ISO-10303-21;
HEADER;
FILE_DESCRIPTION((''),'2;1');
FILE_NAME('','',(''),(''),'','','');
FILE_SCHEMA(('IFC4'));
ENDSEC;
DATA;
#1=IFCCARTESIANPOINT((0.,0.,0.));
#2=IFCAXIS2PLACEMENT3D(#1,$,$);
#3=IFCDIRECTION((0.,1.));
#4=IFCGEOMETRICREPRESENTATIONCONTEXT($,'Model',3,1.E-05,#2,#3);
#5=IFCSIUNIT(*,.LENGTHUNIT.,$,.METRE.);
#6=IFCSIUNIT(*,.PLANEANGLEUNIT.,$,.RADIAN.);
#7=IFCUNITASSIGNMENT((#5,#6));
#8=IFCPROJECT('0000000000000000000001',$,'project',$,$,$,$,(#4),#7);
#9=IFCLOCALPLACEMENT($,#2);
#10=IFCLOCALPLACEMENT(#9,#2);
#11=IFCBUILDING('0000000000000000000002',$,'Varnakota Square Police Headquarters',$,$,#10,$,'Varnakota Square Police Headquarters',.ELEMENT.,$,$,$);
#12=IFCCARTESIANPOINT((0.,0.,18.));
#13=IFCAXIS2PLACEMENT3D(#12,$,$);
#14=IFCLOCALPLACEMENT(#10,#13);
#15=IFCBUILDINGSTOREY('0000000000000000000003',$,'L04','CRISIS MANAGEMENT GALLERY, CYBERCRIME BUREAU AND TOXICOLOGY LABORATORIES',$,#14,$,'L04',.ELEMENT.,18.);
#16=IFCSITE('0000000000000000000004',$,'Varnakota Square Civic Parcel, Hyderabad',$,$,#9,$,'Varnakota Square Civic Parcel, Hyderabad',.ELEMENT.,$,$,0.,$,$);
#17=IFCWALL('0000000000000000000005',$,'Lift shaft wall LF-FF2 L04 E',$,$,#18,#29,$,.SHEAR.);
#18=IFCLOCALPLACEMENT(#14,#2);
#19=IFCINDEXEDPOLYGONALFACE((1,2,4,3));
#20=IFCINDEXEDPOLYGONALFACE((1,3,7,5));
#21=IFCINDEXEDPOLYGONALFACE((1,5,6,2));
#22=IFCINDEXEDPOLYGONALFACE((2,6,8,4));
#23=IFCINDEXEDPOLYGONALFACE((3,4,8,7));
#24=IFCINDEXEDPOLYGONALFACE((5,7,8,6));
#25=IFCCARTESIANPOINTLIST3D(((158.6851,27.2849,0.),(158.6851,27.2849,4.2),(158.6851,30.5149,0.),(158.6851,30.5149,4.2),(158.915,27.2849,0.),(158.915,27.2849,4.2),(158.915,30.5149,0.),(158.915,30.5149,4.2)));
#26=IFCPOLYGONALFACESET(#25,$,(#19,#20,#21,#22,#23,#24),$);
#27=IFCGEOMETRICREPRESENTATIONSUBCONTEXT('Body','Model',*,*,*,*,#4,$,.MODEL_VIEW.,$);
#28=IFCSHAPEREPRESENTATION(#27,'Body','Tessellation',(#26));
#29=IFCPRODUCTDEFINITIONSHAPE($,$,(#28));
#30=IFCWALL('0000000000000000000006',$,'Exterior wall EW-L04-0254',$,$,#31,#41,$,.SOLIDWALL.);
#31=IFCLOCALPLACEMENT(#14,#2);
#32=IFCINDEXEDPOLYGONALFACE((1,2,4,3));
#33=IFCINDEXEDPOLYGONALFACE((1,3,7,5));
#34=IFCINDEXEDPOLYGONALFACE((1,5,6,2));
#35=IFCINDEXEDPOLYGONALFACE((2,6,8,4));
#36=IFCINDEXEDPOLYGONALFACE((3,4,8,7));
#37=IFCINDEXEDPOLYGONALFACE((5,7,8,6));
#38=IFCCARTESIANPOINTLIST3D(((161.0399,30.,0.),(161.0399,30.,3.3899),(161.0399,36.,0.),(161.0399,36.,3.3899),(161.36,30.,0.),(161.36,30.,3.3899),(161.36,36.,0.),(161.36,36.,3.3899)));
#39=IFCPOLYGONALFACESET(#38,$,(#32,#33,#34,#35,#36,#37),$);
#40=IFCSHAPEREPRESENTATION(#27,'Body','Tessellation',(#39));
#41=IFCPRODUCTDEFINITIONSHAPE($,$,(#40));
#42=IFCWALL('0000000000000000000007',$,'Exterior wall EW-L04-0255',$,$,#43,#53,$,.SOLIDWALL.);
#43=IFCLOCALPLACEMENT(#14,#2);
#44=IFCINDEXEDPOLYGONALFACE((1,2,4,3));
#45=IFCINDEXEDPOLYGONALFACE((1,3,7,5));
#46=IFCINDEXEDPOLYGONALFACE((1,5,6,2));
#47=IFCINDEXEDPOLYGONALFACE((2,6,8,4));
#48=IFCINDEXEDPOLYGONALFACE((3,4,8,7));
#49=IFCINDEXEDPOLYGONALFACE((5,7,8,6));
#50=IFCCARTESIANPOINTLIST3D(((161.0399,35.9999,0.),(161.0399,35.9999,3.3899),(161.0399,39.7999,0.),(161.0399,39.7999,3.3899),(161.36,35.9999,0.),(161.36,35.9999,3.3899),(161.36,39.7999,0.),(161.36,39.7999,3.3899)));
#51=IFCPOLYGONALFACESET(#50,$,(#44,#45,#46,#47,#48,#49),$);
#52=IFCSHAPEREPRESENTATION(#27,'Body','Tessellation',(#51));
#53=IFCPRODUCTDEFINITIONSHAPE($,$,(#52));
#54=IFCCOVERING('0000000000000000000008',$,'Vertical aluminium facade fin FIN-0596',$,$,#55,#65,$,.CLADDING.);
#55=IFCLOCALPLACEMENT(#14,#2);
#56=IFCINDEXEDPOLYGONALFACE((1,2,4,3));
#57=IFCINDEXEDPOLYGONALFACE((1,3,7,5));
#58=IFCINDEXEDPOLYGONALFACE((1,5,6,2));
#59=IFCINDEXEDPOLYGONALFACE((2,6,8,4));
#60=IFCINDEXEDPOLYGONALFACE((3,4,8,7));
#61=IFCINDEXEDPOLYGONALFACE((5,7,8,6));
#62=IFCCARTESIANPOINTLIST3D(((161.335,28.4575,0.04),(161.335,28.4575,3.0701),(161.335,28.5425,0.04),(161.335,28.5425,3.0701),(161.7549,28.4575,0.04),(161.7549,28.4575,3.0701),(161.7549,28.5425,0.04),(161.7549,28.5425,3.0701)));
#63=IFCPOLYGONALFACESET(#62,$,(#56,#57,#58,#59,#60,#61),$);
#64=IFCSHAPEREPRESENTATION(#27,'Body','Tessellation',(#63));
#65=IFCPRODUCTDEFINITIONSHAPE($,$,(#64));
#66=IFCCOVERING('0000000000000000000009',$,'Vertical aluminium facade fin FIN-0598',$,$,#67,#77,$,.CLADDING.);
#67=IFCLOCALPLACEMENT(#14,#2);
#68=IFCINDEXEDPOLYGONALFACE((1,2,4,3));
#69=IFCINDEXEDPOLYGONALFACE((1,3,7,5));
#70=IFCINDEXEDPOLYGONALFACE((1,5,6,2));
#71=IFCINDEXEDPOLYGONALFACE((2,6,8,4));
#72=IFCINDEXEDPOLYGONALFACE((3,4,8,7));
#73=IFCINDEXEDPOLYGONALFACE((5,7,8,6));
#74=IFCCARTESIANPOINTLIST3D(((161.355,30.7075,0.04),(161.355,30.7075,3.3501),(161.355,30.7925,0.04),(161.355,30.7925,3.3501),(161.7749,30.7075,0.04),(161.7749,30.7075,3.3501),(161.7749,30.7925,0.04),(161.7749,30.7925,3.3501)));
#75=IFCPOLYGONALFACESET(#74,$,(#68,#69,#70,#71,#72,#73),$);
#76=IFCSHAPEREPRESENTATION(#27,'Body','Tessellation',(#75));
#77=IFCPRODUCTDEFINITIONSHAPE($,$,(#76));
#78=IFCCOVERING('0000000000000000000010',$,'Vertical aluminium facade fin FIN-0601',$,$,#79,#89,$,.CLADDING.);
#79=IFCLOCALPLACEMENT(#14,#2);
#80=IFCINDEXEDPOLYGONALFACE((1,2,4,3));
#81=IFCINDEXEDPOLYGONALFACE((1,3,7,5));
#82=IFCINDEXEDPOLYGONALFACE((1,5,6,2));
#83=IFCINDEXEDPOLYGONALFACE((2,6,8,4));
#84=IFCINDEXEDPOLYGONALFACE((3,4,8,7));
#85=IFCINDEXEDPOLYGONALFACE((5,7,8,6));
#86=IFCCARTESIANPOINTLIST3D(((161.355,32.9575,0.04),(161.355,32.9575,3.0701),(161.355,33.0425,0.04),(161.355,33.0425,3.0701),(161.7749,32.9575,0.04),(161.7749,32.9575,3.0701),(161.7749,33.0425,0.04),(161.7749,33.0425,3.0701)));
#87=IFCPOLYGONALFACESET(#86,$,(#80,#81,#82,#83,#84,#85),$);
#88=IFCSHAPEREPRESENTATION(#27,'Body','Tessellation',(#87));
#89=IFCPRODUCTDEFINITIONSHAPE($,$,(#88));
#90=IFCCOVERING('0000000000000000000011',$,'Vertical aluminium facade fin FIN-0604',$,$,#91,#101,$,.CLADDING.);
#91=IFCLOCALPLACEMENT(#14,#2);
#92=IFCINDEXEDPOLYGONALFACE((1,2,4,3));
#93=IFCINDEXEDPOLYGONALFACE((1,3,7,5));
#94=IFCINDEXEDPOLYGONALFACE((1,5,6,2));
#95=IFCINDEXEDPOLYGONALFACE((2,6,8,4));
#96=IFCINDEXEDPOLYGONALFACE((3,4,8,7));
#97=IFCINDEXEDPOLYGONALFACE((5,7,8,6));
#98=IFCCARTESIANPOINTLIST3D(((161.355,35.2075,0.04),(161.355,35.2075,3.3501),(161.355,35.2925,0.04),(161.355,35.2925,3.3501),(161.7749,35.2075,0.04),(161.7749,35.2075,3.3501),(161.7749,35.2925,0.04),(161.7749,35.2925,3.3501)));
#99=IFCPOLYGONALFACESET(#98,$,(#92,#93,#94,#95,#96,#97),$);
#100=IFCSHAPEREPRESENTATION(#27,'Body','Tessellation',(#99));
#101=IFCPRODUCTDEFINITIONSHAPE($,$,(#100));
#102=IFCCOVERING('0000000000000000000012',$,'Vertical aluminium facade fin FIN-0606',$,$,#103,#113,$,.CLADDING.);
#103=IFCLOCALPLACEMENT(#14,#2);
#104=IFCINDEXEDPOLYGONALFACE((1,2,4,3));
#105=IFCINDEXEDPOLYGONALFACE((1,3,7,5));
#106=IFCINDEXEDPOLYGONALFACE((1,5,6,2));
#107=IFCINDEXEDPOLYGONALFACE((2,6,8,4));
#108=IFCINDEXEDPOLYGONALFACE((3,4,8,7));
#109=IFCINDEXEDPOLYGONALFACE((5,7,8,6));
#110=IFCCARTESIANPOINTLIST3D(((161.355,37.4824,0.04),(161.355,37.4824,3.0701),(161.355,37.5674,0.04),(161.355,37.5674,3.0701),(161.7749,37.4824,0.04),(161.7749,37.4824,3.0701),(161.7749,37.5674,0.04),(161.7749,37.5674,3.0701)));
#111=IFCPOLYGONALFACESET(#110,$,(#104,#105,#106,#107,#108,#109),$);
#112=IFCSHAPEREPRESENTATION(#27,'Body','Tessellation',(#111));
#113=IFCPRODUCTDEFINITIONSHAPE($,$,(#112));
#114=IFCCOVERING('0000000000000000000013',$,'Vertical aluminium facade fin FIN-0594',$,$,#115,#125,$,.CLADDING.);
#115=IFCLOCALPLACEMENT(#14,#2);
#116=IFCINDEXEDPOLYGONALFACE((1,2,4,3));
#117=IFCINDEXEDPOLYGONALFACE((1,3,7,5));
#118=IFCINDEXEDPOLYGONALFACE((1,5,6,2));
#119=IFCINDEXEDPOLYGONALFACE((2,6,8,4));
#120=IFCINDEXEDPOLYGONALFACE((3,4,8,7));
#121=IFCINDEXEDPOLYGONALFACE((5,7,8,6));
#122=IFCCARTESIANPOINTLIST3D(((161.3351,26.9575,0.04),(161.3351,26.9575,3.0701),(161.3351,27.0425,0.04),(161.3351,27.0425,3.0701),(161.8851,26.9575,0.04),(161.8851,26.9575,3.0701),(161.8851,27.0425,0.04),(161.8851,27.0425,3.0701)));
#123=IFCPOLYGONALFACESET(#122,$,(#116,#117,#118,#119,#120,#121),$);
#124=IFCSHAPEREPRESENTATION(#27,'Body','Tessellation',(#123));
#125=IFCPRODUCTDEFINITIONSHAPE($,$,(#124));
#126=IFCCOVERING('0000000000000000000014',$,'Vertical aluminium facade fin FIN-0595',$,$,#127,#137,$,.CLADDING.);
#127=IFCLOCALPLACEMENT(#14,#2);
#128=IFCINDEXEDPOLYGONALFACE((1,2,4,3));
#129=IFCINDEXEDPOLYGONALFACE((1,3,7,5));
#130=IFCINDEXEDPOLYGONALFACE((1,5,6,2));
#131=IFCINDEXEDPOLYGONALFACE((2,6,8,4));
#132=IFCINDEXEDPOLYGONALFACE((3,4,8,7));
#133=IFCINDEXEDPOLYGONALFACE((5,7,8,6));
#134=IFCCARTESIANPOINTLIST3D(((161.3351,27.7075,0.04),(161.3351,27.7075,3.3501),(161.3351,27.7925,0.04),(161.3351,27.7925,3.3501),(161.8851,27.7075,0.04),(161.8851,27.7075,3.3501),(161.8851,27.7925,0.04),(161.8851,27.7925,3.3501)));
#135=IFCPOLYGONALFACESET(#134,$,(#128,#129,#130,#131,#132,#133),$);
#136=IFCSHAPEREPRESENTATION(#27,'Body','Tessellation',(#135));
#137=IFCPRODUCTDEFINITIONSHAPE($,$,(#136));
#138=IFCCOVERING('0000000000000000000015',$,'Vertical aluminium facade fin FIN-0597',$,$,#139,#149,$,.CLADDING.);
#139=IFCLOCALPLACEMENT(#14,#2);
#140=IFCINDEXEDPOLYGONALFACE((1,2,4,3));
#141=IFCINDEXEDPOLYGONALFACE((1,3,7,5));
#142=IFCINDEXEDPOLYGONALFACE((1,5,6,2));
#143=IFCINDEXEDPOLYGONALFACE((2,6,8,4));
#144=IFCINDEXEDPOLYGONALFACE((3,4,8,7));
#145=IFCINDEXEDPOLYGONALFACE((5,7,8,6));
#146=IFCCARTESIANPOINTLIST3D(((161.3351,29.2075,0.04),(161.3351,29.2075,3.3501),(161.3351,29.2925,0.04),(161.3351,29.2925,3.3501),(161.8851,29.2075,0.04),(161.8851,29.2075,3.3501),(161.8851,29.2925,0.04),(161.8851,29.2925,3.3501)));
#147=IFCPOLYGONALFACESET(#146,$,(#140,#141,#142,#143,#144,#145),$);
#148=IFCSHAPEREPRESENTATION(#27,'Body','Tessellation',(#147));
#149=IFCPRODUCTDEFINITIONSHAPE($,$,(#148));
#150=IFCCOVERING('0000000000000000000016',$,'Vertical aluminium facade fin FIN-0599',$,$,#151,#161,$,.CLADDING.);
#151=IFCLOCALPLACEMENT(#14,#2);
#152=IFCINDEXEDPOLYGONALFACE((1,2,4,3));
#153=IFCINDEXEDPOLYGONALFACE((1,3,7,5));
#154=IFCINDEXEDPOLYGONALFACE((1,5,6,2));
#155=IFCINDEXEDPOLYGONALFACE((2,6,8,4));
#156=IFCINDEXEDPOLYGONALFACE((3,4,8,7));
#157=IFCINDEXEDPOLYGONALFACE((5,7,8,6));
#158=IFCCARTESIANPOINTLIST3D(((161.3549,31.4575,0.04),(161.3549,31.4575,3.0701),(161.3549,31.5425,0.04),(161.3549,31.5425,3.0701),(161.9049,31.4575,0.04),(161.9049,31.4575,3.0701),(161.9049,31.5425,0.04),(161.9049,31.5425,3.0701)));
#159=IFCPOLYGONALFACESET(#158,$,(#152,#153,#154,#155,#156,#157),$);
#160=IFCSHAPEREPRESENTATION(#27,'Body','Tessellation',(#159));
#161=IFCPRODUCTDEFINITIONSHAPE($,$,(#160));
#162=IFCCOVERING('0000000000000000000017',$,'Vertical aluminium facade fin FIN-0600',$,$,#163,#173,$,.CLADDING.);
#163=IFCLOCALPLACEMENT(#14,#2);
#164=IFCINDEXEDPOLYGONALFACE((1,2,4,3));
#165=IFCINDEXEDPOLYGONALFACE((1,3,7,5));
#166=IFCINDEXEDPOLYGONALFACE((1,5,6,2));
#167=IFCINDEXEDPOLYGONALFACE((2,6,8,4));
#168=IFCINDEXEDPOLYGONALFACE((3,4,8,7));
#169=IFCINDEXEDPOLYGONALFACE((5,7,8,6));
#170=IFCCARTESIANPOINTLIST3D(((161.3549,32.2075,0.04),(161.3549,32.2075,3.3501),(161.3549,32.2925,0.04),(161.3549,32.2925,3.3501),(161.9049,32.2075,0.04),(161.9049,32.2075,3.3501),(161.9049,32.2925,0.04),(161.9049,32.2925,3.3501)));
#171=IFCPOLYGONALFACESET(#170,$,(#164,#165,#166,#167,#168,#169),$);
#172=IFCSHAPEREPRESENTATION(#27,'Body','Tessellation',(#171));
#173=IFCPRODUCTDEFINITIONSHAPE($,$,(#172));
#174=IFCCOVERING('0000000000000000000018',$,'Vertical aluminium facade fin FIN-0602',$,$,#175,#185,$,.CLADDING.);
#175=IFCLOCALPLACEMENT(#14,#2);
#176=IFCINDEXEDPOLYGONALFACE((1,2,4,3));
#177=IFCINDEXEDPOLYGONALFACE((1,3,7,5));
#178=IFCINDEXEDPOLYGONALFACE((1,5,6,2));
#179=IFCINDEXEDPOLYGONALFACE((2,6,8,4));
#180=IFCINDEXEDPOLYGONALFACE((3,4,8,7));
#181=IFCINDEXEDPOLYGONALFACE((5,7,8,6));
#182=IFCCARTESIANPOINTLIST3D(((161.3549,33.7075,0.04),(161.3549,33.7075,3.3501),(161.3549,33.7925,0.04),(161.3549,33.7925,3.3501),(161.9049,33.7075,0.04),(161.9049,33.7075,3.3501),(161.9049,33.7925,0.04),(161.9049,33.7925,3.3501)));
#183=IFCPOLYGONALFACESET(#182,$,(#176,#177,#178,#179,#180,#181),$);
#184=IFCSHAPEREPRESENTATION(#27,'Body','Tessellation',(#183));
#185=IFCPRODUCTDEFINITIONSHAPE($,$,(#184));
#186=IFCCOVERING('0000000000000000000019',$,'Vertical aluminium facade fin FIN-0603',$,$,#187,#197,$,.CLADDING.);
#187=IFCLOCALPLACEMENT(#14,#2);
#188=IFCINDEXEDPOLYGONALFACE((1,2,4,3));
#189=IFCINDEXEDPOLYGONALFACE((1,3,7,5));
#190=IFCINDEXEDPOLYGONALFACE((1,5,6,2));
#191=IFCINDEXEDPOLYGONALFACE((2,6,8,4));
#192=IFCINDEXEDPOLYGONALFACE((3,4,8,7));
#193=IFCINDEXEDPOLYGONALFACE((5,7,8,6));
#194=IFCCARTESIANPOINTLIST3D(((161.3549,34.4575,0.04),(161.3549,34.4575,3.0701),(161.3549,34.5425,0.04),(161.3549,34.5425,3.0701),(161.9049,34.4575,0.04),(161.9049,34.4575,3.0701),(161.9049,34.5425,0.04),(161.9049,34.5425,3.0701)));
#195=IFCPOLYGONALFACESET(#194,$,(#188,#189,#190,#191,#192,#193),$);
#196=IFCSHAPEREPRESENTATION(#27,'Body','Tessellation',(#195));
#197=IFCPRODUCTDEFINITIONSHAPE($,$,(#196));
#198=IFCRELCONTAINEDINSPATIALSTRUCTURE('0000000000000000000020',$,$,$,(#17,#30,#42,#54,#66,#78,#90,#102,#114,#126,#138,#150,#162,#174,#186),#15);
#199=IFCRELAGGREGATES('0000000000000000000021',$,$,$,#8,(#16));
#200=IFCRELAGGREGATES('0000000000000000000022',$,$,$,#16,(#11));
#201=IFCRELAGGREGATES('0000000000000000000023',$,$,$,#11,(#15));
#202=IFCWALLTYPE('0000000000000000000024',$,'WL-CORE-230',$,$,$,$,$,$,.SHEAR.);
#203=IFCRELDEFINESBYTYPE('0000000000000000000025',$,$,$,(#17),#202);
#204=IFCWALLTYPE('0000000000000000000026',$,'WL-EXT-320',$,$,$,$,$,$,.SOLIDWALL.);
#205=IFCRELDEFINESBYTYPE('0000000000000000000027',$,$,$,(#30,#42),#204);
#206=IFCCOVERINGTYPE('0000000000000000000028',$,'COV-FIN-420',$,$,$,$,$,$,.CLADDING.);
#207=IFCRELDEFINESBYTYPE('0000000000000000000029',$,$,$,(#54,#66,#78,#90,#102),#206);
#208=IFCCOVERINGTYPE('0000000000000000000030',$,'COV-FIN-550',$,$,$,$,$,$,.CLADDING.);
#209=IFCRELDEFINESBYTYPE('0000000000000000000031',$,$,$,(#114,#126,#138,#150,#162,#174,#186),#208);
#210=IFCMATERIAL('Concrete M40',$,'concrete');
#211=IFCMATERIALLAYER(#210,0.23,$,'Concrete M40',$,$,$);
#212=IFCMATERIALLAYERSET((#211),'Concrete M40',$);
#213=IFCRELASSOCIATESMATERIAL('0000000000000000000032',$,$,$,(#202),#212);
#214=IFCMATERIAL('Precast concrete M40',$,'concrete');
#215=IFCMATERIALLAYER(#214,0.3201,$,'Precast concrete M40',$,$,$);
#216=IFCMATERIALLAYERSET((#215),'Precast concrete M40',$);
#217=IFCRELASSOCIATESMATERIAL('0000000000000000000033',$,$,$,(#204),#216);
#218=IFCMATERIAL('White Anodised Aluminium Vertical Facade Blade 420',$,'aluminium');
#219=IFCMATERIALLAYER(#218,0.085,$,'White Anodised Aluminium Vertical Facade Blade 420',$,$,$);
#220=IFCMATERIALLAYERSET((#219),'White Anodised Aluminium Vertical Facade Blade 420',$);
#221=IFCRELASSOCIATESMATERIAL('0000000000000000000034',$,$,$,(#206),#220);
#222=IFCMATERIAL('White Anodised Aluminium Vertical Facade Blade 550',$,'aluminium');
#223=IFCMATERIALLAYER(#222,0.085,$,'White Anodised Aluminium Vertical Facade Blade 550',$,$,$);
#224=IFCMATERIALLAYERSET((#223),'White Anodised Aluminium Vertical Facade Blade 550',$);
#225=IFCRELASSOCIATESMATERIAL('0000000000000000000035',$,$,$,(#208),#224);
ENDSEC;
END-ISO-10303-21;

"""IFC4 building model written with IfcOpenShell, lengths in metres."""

from ifc_helpers import new_model, si_unit, direction, frame, frame_2d, origin, origin_2d, place, context, subcontext, project, spatial, rectangle, extrude, material, layer, layer_set, type_object, element, save


model = new_model("IFC4")

# Units and contexts
model_context = context("Model", 3, precision=1e-05, world=origin(), true_north=direction((0.0, 1.0)))
body_context = subcontext(model_context, "Body", "Model", "MODEL_VIEW")
ifc_project = project(units=[si_unit("LENGTHUNIT", "METRE"), si_unit("PLANEANGLEUNIT", "RADIAN")], contexts=[model_context])

# Site, building, storey
site_placement = place(None, origin())
site = spatial("IfcSite", under=ifc_project, at=site_placement, Name="Varnakota Square Civic Parcel, Hyderabad", LongName="Varnakota Square Civic Parcel, Hyderabad", CompositionType="ELEMENT", RefElevation=0.0)
building_placement = place(site_placement, origin())
building = spatial("IfcBuilding", under=site, at=building_placement, Name="Varnakota Square Police Headquarters", LongName="Varnakota Square Police Headquarters", CompositionType="ELEMENT")
storey_placement = place(building_placement, frame((0.0, 0.0, 18.0)))
storey = spatial("IfcBuildingStorey", under=building, at=storey_placement, Name="L04", Description="CRISIS MANAGEMENT GALLERY, CYBERCRIME BUREAU AND TOXICOLOGY LABORATORIES", LongName="L04", CompositionType="ELEMENT", Elevation=18.0)

# Walls
ifc_material_1 = material(Name="Concrete M40", Category="concrete")
ifc_layer_1 = layer(ifc_material_1, 0.23, Name="Concrete M40")
ifc_layer_set_1 = layer_set([ifc_layer_1], Name="Concrete M40")
wall_type_1 = type_object("IfcWallType", Name="WL-CORE-230", PredefinedType="SHEAR", material=ifc_layer_set_1)
wall_1_placement = place(storey_placement, frame((158.8, 27.2849, 0.0), z_axis=(0.0, 0.0, 1.0), x_axis=(0.0, 1.0, 0.0)))
element("IfcWall", 1, at=wall_1_placement, inside=storey, type_object=wall_type_1, Name="Lift shaft wall LF-FF2 L04 E", PredefinedType="SHEAR", context=body_context, shape_type="SweptSolid", body=[
    extrude(rectangle(XDim=3.23, YDim=0.23, at=frame_2d((1.615, 0.0))), origin(), (0.0, 0.0, 1.0), 4.2),
])
ifc_material_2 = material(Name="Precast concrete M40", Category="concrete")
ifc_layer_2 = layer(ifc_material_2, 0.3201, Name="Precast concrete M40")
ifc_layer_set_2 = layer_set([ifc_layer_2], Name="Precast concrete M40")
wall_type_2 = type_object("IfcWallType", Name="WL-EXT-320", PredefinedType="SOLIDWALL", material=ifc_layer_set_2)
wall_2_placement = place(storey_placement, frame((161.2, 30.0, 0.0), z_axis=(0.0, 0.0, 1.0), x_axis=(0.0, 1.0, 0.0)))
element("IfcWall", 2, at=wall_2_placement, inside=storey, type_object=wall_type_2, Name="Exterior wall EW-L04-0254", PredefinedType="SOLIDWALL", context=body_context, shape_type="SweptSolid", body=[
    extrude(rectangle(XDim=6.0, YDim=0.3201, at=frame_2d((3.0, 0.0))), origin(), (0.0, 0.0, 1.0), 3.3899),
])
wall_3_placement = place(storey_placement, frame((161.2, 36.0, 0.0), z_axis=(0.0, 0.0, 1.0), x_axis=(0.0, 1.0, 0.0)))
element("IfcWall", 3, at=wall_3_placement, inside=storey, type_object=wall_type_2, Name="Exterior wall EW-L04-0255", PredefinedType="SOLIDWALL", context=body_context, shape_type="SweptSolid", body=[
    extrude(rectangle(XDim=3.8, YDim=0.3201, at=frame_2d((1.8999, 0.0))), origin(), (0.0, 0.0, 1.0), 3.3899),
])

# Coverings
ifc_material_3 = material(Name="White Anodised Aluminium Vertical Facade Blade 420", Category="aluminium")
ifc_layer_3 = layer(ifc_material_3, 0.085, Name="White Anodised Aluminium Vertical Facade Blade 420")
ifc_layer_set_3 = layer_set([ifc_layer_3], Name="White Anodised Aluminium Vertical Facade Blade 420")
covering_type_1 = type_object("IfcCoveringType", Name="COV-FIN-420", PredefinedType="CLADDING", material=ifc_layer_set_3)
covering_1_placement = place(storey_placement, frame((161.5449, 28.5, 0.04), z_axis=(0.0, 0.0, 1.0), x_axis=(0.0, 1.0, 0.0)))
element("IfcCovering", 4, at=covering_1_placement, inside=storey, type_object=covering_type_1, Name="Vertical aluminium facade fin FIN-0596", PredefinedType="CLADDING", context=body_context, shape_type="SweptSolid", body=[
    extrude(rectangle(XDim=0.085, YDim=0.4199, at=origin_2d()), origin(), (0.0, 0.0, 1.0), 3.03),
])
covering_2_placement = place(storey_placement, frame((161.5649, 30.75, 0.04), z_axis=(0.0, 0.0, 1.0), x_axis=(0.0, 1.0, 0.0)))
element("IfcCovering", 5, at=covering_2_placement, inside=storey, type_object=covering_type_1, Name="Vertical aluminium facade fin FIN-0598", PredefinedType="CLADDING", context=body_context, shape_type="SweptSolid", body=[
    extrude(rectangle(XDim=0.085, YDim=0.4199, at=origin_2d()), origin(), (0.0, 0.0, 1.0), 3.3101),
])
covering_3_placement = place(storey_placement, frame((161.5649, 33.0, 0.04), z_axis=(0.0, 0.0, 1.0), x_axis=(0.0, 1.0, 0.0)))
element("IfcCovering", 6, at=covering_3_placement, inside=storey, type_object=covering_type_1, Name="Vertical aluminium facade fin FIN-0601", PredefinedType="CLADDING", context=body_context, shape_type="SweptSolid", body=[
    extrude(rectangle(XDim=0.085, YDim=0.4199, at=origin_2d()), origin(), (0.0, 0.0, 1.0), 3.03),
])
covering_4_placement = place(storey_placement, frame((161.5649, 35.25, 0.04), z_axis=(0.0, 0.0, 1.0), x_axis=(0.0, 1.0, 0.0)))
element("IfcCovering", 7, at=covering_4_placement, inside=storey, type_object=covering_type_1, Name="Vertical aluminium facade fin FIN-0604", PredefinedType="CLADDING", context=body_context, shape_type="SweptSolid", body=[
    extrude(rectangle(XDim=0.085, YDim=0.4199, at=origin_2d()), origin(), (0.0, 0.0, 1.0), 3.3101),
])
covering_5_placement = place(storey_placement, frame((161.5649, 37.5249, 0.04), z_axis=(0.0, 0.0, 1.0), x_axis=(0.0, 1.0, 0.0)))
element("IfcCovering", 8, at=covering_5_placement, inside=storey, type_object=covering_type_1, Name="Vertical aluminium facade fin FIN-0606", PredefinedType="CLADDING", context=body_context, shape_type="SweptSolid", body=[
    extrude(rectangle(XDim=0.085, YDim=0.4199, at=origin_2d()), origin(), (0.0, 0.0, 1.0), 3.03),
])
ifc_material_4 = material(Name="White Anodised Aluminium Vertical Facade Blade 550", Category="aluminium")
ifc_layer_4 = layer(ifc_material_4, 0.085, Name="White Anodised Aluminium Vertical Facade Blade 550")
ifc_layer_set_4 = layer_set([ifc_layer_4], Name="White Anodised Aluminium Vertical Facade Blade 550")
covering_type_2 = type_object("IfcCoveringType", Name="COV-FIN-550", PredefinedType="CLADDING", material=ifc_layer_set_4)
covering_6_placement = place(storey_placement, frame((161.6101, 27.0, 0.04), z_axis=(0.0, 0.0, 1.0), x_axis=(0.0, 1.0, 0.0)))
element("IfcCovering", 9, at=covering_6_placement, inside=storey, type_object=covering_type_2, Name="Vertical aluminium facade fin FIN-0594", PredefinedType="CLADDING", context=body_context, shape_type="SweptSolid", body=[
    extrude(rectangle(XDim=0.085, YDim=0.55, at=origin_2d()), origin(), (0.0, 0.0, 1.0), 3.03),
])
for number, where, z_axis, x_axis, name in (
    (10, (161.6101, 27.75, 0.04), (0.0, 0.0, 1.0), (0.0, 1.0, 0.0), "Vertical aluminium facade fin FIN-0595"),
    (11, (161.6101, 29.25, 0.04), (0.0, 0.0, 1.0), (0.0, 1.0, 0.0), "Vertical aluminium facade fin FIN-0597"),
):
    element("IfcCovering", number, at=place(storey_placement, frame(where, z_axis=z_axis, x_axis=x_axis)), inside=storey, type_object=covering_type_2, Name=name, PredefinedType="CLADDING", context=body_context, shape_type="SweptSolid", body=[
        extrude(rectangle(XDim=0.085, YDim=0.55, at=origin_2d()), origin(), (0.0, 0.0, 1.0), 3.3101),
    ])
covering_7_placement = place(storey_placement, frame((161.6299, 31.5, 0.04), z_axis=(0.0, 0.0, 1.0), x_axis=(0.0, 1.0, 0.0)))
element("IfcCovering", 12, at=covering_7_placement, inside=storey, type_object=covering_type_2, Name="Vertical aluminium facade fin FIN-0599", PredefinedType="CLADDING", context=body_context, shape_type="SweptSolid", body=[
    extrude(rectangle(XDim=0.085, YDim=0.55, at=origin_2d()), origin(), (0.0, 0.0, 1.0), 3.03),
])
for number, where, z_axis, x_axis, name in (
    (13, (161.6299, 32.25, 0.04), (0.0, 0.0, 1.0), (0.0, 1.0, 0.0), "Vertical aluminium facade fin FIN-0600"),
    (14, (161.6299, 33.75, 0.04), (0.0, 0.0, 1.0), (0.0, 1.0, 0.0), "Vertical aluminium facade fin FIN-0602"),
):
    element("IfcCovering", number, at=place(storey_placement, frame(where, z_axis=z_axis, x_axis=x_axis)), inside=storey, type_object=covering_type_2, Name=name, PredefinedType="CLADDING", context=body_context, shape_type="SweptSolid", body=[
        extrude(rectangle(XDim=0.085, YDim=0.55, at=origin_2d()), origin(), (0.0, 0.0, 1.0), 3.3101),
    ])
covering_8_placement = place(storey_placement, frame((161.6299, 34.5, 0.04), z_axis=(0.0, 0.0, 1.0), x_axis=(0.0, 1.0, 0.0)))
element("IfcCovering", 15, at=covering_8_placement, inside=storey, type_object=covering_type_2, Name="Vertical aluminium facade fin FIN-0603", PredefinedType="CLADDING", context=body_context, shape_type="SweptSolid", body=[
    extrude(rectangle(XDim=0.085, YDim=0.55, at=origin_2d()), origin(), (0.0, 0.0, 1.0), 3.03),
])

save(model, "model.ifc")
